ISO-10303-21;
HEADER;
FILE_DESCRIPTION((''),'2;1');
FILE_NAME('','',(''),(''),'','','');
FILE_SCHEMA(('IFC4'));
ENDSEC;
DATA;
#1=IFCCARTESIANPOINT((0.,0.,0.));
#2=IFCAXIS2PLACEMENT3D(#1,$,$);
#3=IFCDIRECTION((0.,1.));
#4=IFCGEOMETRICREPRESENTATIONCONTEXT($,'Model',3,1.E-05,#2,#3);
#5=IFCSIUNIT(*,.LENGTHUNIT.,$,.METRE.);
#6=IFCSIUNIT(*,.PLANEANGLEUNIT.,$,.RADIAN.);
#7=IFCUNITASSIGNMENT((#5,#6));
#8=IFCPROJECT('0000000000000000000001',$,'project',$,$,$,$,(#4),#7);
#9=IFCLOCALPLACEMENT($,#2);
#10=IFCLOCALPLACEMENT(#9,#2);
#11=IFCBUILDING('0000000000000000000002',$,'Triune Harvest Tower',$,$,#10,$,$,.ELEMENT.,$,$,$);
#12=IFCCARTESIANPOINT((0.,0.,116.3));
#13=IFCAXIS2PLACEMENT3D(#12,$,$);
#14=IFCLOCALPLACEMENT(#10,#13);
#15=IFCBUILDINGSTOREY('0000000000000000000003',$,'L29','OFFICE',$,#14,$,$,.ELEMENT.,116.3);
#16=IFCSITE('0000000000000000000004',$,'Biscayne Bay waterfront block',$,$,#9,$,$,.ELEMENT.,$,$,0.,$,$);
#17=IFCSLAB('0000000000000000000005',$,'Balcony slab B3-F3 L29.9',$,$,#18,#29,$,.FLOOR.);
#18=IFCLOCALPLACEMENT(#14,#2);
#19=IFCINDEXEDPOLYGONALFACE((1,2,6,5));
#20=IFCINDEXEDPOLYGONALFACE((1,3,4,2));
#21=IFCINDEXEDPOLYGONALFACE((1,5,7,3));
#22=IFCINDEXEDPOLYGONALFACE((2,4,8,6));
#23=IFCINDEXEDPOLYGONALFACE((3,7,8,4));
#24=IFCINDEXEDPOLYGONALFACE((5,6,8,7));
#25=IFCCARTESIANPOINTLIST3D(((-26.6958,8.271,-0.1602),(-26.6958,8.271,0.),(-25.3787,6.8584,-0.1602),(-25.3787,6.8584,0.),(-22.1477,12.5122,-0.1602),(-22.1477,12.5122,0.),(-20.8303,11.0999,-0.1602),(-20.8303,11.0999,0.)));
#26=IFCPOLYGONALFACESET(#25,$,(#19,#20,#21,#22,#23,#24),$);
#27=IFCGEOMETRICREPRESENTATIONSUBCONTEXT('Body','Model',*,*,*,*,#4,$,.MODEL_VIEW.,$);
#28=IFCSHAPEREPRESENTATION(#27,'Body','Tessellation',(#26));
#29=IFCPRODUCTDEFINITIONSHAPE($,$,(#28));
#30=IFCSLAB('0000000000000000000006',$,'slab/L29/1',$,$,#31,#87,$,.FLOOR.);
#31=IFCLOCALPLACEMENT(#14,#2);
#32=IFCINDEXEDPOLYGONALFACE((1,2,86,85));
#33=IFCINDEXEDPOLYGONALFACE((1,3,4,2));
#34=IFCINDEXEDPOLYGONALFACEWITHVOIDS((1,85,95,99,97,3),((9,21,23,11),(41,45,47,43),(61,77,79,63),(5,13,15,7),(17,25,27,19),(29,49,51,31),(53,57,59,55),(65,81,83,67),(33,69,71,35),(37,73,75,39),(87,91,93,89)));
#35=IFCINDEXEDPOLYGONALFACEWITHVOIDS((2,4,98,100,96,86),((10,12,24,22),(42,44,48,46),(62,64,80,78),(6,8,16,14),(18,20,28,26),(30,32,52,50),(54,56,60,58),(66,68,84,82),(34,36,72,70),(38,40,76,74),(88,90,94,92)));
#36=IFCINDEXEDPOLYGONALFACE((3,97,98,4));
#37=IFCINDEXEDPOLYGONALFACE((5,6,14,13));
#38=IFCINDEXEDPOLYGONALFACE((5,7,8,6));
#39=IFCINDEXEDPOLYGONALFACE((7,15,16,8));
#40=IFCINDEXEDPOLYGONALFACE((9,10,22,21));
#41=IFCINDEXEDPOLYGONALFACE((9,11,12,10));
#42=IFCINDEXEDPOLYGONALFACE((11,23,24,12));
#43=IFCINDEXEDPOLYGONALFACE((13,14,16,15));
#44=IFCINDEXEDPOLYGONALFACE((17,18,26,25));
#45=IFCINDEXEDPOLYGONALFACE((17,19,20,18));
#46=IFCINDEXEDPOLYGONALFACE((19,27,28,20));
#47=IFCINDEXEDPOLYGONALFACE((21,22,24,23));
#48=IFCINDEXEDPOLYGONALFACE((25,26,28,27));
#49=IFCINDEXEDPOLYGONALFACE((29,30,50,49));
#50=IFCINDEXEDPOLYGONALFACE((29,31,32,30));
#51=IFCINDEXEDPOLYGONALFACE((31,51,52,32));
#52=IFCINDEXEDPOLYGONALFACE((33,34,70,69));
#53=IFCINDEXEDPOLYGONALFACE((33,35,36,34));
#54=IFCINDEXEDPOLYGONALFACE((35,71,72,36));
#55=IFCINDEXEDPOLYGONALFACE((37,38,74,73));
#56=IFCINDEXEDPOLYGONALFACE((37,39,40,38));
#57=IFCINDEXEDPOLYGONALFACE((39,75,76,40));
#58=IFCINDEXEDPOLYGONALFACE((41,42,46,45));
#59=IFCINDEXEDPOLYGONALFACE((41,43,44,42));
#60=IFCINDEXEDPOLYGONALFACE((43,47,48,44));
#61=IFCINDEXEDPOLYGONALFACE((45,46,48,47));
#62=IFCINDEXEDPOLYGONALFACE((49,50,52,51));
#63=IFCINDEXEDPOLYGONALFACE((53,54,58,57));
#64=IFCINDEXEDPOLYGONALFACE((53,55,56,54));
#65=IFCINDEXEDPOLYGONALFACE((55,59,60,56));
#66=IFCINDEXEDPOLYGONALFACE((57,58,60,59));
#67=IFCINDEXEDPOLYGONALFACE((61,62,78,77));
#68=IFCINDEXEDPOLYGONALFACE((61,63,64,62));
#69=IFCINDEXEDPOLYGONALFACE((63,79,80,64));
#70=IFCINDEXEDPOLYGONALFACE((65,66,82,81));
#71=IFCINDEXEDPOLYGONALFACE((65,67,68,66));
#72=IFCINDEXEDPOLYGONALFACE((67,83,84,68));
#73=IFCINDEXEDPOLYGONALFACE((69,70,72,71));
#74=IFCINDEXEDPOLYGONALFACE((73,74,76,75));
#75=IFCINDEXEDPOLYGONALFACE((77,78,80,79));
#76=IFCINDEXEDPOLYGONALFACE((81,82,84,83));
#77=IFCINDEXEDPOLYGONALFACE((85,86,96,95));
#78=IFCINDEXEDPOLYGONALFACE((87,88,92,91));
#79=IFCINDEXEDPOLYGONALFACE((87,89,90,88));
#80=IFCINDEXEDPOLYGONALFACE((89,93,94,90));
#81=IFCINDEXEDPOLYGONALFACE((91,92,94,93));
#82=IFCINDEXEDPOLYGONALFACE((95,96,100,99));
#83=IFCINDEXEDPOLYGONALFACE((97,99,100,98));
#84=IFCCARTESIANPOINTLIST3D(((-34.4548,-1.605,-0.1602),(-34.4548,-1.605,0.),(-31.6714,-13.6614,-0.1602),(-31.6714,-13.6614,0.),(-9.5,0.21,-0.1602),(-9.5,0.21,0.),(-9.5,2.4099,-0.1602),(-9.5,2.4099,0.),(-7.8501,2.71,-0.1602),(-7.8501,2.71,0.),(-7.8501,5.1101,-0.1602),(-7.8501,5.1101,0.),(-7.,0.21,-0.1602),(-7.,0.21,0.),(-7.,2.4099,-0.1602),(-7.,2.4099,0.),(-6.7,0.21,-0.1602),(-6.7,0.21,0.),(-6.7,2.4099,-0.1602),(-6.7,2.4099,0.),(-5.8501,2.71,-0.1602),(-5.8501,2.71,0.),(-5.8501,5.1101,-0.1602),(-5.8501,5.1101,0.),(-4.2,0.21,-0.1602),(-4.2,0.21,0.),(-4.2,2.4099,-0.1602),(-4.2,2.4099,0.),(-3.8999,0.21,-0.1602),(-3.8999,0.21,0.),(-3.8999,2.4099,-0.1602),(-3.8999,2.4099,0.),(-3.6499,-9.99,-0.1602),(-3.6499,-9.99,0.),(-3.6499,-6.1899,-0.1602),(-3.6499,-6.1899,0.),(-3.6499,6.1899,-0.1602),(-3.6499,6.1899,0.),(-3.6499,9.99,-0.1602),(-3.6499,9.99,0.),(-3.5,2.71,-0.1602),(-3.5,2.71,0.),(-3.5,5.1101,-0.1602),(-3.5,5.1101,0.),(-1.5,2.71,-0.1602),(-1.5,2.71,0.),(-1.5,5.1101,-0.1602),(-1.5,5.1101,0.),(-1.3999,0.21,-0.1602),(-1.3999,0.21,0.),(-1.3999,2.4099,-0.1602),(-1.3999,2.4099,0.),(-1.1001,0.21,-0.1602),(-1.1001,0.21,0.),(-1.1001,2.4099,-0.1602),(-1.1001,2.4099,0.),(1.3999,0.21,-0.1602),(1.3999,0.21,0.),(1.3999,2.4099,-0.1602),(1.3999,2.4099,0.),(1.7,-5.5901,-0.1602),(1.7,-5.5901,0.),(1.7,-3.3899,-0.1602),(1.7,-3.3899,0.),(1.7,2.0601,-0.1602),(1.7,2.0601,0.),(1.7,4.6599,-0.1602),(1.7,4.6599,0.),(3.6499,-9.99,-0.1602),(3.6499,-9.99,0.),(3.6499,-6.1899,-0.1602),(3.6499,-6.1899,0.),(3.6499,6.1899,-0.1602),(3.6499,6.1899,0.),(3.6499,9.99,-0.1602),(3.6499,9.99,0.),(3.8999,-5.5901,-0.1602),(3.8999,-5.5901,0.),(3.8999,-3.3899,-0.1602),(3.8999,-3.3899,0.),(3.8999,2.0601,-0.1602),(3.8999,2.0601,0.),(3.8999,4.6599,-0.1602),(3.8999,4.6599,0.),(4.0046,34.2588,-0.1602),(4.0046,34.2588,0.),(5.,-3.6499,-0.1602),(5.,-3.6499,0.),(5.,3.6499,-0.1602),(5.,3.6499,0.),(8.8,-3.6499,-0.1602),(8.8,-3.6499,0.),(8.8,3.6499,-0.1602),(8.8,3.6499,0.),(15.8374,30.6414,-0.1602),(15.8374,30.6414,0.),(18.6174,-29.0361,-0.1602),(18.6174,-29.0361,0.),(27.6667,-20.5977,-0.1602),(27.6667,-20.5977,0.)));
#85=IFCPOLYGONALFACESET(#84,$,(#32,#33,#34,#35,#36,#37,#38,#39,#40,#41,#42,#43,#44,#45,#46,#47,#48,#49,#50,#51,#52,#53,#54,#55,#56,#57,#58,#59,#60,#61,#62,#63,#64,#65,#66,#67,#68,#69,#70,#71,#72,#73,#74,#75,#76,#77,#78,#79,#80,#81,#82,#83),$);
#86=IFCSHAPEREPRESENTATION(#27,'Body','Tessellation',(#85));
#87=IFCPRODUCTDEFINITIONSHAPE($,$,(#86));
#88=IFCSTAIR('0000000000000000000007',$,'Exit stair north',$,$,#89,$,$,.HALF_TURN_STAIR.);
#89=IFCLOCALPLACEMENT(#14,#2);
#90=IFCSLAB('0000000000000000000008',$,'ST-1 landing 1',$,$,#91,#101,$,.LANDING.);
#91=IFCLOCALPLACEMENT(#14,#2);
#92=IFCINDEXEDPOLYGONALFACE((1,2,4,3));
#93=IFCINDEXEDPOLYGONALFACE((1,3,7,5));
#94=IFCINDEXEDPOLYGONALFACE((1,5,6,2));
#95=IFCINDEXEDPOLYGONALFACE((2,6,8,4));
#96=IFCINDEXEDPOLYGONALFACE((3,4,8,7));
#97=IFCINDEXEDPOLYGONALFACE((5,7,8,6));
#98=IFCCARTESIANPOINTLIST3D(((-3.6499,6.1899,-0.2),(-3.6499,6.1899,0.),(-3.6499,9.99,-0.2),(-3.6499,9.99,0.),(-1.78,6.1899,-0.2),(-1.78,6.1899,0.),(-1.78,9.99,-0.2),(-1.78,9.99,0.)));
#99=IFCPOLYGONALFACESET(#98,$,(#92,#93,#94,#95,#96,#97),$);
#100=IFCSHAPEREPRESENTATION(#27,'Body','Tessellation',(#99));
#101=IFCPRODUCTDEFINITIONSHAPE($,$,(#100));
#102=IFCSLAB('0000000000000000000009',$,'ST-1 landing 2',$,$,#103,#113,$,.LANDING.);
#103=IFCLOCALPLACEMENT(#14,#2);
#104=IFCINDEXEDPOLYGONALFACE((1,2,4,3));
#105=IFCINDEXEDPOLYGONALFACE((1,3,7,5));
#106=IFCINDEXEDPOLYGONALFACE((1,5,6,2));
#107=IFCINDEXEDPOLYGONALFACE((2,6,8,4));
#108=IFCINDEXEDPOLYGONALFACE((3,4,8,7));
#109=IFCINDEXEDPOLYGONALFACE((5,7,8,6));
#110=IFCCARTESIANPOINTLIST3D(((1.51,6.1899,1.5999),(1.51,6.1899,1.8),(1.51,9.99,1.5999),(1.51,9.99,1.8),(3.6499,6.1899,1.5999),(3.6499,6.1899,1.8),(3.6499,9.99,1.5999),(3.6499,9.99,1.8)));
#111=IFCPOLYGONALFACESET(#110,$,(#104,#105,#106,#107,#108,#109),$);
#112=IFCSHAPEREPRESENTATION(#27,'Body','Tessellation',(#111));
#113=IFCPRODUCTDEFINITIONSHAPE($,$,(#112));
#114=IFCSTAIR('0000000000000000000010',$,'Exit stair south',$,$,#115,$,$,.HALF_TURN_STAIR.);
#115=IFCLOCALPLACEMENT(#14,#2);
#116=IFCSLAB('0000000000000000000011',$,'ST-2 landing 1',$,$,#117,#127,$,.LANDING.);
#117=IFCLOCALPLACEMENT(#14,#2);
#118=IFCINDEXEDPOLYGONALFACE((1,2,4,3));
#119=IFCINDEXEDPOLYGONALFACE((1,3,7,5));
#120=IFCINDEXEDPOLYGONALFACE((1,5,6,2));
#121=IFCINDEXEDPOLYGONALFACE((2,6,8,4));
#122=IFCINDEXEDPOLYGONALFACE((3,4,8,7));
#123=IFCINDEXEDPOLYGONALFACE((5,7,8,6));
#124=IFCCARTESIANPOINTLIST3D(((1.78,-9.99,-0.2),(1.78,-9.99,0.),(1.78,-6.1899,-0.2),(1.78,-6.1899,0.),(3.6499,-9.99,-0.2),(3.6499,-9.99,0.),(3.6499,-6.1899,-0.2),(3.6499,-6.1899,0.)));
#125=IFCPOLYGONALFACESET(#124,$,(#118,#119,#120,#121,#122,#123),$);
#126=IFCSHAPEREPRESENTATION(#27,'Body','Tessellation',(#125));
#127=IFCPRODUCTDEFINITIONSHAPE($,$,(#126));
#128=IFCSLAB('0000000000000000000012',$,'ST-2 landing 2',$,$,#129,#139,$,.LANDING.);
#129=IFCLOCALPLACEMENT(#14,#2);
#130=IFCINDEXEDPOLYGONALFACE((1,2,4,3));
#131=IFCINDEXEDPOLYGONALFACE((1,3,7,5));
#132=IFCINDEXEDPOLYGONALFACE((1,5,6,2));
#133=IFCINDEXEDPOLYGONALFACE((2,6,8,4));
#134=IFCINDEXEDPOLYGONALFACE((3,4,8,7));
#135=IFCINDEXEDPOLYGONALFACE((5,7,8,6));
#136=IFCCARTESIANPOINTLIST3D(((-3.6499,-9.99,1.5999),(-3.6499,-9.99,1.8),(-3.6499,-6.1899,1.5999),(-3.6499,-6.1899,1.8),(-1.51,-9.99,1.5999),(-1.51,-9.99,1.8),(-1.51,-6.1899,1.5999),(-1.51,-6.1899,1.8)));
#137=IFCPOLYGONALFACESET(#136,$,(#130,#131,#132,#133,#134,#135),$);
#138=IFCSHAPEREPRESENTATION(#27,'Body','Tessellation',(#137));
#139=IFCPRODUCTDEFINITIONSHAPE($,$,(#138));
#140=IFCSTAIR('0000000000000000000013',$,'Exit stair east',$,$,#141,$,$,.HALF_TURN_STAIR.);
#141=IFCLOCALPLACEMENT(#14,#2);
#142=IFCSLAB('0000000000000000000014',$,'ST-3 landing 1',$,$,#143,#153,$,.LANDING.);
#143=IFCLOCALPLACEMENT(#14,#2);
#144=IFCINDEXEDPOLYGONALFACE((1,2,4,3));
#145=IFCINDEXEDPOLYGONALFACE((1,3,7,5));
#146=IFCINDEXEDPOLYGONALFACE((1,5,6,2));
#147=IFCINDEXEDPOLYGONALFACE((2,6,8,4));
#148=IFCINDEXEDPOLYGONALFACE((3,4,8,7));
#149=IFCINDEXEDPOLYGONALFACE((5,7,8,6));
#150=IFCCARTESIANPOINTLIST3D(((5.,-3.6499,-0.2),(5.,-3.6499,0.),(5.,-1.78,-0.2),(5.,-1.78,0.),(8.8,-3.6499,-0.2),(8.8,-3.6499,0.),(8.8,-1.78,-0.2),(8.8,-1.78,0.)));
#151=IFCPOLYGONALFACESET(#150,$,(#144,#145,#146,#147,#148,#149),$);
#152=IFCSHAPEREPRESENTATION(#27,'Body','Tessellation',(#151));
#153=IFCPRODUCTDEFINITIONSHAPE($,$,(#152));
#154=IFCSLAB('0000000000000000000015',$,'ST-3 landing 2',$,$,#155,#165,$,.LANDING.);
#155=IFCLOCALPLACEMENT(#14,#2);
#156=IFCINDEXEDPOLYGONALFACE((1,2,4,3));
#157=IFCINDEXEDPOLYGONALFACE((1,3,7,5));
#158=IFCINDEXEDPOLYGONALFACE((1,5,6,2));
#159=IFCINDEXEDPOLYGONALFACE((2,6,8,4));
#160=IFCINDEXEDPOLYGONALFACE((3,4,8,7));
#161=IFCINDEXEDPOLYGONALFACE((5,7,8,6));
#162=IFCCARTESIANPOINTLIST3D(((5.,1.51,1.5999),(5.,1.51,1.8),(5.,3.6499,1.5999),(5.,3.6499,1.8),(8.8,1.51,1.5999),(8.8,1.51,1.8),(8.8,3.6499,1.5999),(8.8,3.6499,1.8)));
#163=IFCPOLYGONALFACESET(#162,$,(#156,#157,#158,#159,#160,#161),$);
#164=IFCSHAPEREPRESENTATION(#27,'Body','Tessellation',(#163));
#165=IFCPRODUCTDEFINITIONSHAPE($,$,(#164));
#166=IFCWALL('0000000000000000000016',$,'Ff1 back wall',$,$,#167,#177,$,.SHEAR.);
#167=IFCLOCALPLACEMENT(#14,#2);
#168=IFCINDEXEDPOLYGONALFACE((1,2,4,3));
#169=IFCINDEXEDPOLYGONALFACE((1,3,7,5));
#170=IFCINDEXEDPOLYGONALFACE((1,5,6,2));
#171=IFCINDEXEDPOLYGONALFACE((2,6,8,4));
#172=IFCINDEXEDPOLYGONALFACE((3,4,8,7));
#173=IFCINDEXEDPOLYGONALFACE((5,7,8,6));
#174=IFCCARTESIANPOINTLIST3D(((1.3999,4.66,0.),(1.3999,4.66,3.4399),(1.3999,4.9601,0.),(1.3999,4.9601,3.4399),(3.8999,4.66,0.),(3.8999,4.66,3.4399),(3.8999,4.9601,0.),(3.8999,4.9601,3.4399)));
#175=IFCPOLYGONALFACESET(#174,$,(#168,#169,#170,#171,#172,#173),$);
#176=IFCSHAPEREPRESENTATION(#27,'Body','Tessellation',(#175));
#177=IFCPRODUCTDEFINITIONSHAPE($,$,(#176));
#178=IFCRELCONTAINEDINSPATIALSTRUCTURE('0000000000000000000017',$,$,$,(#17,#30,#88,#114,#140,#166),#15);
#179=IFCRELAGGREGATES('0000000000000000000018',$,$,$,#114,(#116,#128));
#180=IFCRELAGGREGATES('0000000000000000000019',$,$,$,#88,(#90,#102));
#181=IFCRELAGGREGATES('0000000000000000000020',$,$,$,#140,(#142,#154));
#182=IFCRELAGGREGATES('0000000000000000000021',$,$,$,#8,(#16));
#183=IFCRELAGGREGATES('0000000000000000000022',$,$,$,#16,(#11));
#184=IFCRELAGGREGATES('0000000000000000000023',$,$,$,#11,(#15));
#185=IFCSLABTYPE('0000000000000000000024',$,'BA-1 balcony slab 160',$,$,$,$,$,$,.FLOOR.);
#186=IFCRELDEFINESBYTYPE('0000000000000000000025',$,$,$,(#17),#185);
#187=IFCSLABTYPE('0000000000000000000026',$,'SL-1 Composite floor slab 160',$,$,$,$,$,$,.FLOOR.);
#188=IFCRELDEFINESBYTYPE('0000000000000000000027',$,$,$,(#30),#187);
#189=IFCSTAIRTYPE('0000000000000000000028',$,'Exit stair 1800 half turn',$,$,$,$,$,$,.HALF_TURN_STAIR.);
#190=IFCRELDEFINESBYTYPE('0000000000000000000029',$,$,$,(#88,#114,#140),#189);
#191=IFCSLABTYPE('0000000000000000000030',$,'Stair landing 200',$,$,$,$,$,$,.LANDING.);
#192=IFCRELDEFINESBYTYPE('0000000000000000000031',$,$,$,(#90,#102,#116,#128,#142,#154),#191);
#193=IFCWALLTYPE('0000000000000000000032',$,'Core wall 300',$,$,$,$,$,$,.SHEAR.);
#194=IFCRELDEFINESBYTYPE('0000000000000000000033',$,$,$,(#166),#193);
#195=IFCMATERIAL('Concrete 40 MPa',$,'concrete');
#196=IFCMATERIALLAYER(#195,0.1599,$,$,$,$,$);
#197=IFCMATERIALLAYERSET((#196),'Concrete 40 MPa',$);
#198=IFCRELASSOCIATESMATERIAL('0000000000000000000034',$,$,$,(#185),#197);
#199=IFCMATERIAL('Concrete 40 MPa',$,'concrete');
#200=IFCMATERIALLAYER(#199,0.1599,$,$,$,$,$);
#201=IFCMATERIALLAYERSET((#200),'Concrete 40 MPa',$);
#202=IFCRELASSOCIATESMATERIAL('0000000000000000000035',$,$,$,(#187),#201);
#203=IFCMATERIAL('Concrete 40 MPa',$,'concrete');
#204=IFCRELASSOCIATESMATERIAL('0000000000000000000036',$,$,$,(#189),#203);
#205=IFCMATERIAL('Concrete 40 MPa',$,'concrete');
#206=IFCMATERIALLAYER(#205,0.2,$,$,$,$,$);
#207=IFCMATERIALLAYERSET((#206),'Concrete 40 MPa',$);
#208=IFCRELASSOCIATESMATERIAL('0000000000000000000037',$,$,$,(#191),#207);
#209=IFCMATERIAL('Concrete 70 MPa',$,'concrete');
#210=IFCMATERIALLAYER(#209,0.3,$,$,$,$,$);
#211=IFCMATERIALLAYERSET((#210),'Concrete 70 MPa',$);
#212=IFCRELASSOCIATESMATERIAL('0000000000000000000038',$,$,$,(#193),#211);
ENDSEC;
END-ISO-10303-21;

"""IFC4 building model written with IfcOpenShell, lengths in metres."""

from ifc_helpers import new_model, si_unit, direction, frame, frame_2d, origin, place, context, subcontext, project, spatial, polyline, rectangle, outline, extrude, source, transform, mapped, material, layer, layer_set, type_object, element, aggregate, save


model = new_model("IFC4")

# Units and contexts
model_context = context("Model", 3, precision=1e-05, world=origin(), true_north=direction((0.0, 1.0)))
body_context = subcontext(model_context, "Body", "Model", "MODEL_VIEW")
ifc_project = project(units=[si_unit("LENGTHUNIT", "METRE"), si_unit("PLANEANGLEUNIT", "RADIAN")], contexts=[model_context])

# Site, building, storey
site_placement = place(None, origin())
site = spatial("IfcSite", under=ifc_project, at=site_placement, Name="Biscayne Bay waterfront block", CompositionType="ELEMENT", RefElevation=0.0)
building_placement = place(site_placement, origin())
building = spatial("IfcBuilding", under=site, at=building_placement, Name="Triune Harvest Tower", CompositionType="ELEMENT")
storey_placement = place(building_placement, frame((0.0, 0.0, 116.3)))
storey = spatial("IfcBuildingStorey", under=building, at=storey_placement, Name="L29", Description="OFFICE", CompositionType="ELEMENT", Elevation=116.3)

# Slabs
ifc_material_1 = material(Name="Concrete 40 MPa", Category="concrete")
ifc_layer_1 = layer(ifc_material_1, 0.1599)
ifc_layer_set_1 = layer_set([ifc_layer_1], Name="Concrete 40 MPa")
slab_type_1 = type_object("IfcSlabType", Name="BA-1 balcony slab 160", PredefinedType="FLOOR", material=ifc_layer_set_1)
slab_1_placement = place(storey_placement, frame((0.0, 0.0, -0.1602)))
element("IfcSlab", 1, at=slab_1_placement, inside=storey, type_object=slab_type_1, Name="Balcony slab B3-F3 L29.9", PredefinedType="FLOOR", context=body_context, shape_type="SweptSolid", body=[
    extrude(outline(polyline([(-20.8303, 11.0999), (-25.3787, 6.8584), (-26.6958, 8.271), (-22.1477, 12.5122), (-20.8303, 11.0999)])), origin(), (0.0, 0.0, 1.0), 0.1602),
])
ifc_material_2 = material(Name="Concrete 40 MPa", Category="concrete")
ifc_layer_2 = layer(ifc_material_2, 0.1599)
ifc_layer_set_2 = layer_set([ifc_layer_2], Name="Concrete 40 MPa")
slab_type_2 = type_object("IfcSlabType", Name="SL-1 Composite floor slab 160", PredefinedType="FLOOR", material=ifc_layer_set_2)
shared_shape_1 = source(origin(), body_context, "Body", "SweptSolid", [
    extrude(outline(polyline([(27.6667, -20.5977), (15.8374, 30.6414), (4.0046, 34.2588), (-34.4548, -1.605), (-31.6714, -13.6614), (18.6174, -29.0361), (27.6667, -20.5977)]), holes=[polyline([(-7.0, 0.21), (-7.0, 2.4099), (-9.5, 2.4099), (-9.5, 0.21), (-7.0, 0.21)]), polyline([(-4.2, 0.21), (-4.2, 2.4099), (-6.7, 2.4099), (-6.7, 0.21), (-4.2, 0.21)]), polyline([(-1.3999, 0.21), (-1.3999, 2.4099), (-3.8999, 2.4099), (-3.8999, 0.21), (-1.3999, 0.21)]), polyline([(1.3999, 0.21), (1.3999, 2.4099), (-1.1001, 2.4099), (-1.1001, 0.21), (1.3999, 0.21)]), polyline([(3.8999, 2.0601), (3.8999, 4.6599), (1.7, 4.6599), (1.7, 2.0601), (3.8999, 2.0601)]), polyline([(3.8999, -5.5901), (3.8999, -3.3899), (1.7, -3.3899), (1.7, -5.5901), (3.8999, -5.5901)]), polyline([(-5.8501, 2.71), (-5.8501, 5.1101), (-7.8501, 5.1101), (-7.8501, 2.71), (-5.8501, 2.71)]), polyline([(-1.5, 2.71), (-1.5, 5.1101), (-3.5, 5.1101), (-3.5, 2.71), (-1.5, 2.71)]), polyline([(3.6499, 6.1899), (3.6499, 9.99), (-3.6499, 9.99), (-3.6499, 6.1899), (3.6499, 6.1899)]), polyline([(3.6499, -9.99), (3.6499, -6.1899), (-3.6499, -6.1899), (-3.6499, -9.99), (3.6499, -9.99)]), polyline([(8.8, -3.6499), (8.8, 3.6499), (5.0, 3.6499), (5.0, -3.6499), (8.8, -3.6499)])]), origin(), (0.0, 0.0, 1.0), 0.1602),
])
slab_2_placement = place(storey_placement, frame((0.0, 0.0, -0.1602)))
element("IfcSlab", 2, at=slab_2_placement, inside=storey, type_object=slab_type_2, Name="slab/L29/1", PredefinedType="FLOOR", context=body_context, shape_type="MappedRepresentation", body=[
    mapped(shared_shape_1, transform((0.0, 0.0, 0.0), scale=1.0)),
])

# Stairs, slabs
ifc_material_3 = material(Name="Concrete 40 MPa", Category="concrete")
stair_type = type_object("IfcStairType", Name="Exit stair 1800 half turn", PredefinedType="HALF_TURN_STAIR", material=ifc_material_3)
stair_1_placement = place(storey_placement, origin())
stair_1 = element("IfcStair", 3, at=stair_1_placement, inside=storey, type_object=stair_type, Name="Exit stair north", PredefinedType="HALF_TURN_STAIR")
ifc_material_4 = material(Name="Concrete 40 MPa", Category="concrete")
ifc_layer_3 = layer(ifc_material_4, 0.2)
ifc_layer_set_3 = layer_set([ifc_layer_3], Name="Concrete 40 MPa")
slab_type_3 = type_object("IfcSlabType", Name="Stair landing 200", PredefinedType="LANDING", material=ifc_layer_set_3)
shared_shape_2 = source(origin(), body_context, "Body", "SweptSolid", [
    extrude(outline(polyline([(-3.6499, 6.1899), (-1.78, 6.1899), (-1.78, 9.99), (-3.6499, 9.99), (-3.6499, 6.1899)])), origin(), (0.0, 0.0, 1.0), 0.2),
])
slab_3_placement = place(storey_placement, frame((0.0, 0.0, -0.2)))
slab_3 = element("IfcSlab", 4, at=slab_3_placement, type_object=slab_type_3, Name="ST-1 landing 1", PredefinedType="LANDING", context=body_context, shape_type="MappedRepresentation", body=[
    mapped(shared_shape_2, transform((0.0, 0.0, 0.0), scale=1.0)),
])
shared_shape_3 = source(origin(), body_context, "Body", "SweptSolid", [
    extrude(outline(polyline([(1.51, 6.1899), (3.6499, 6.1899), (3.6499, 9.99), (1.51, 9.99), (1.51, 6.1899)])), origin(), (0.0, 0.0, 1.0), 0.2002),
])
slab_4_placement = place(storey_placement, frame((0.0, 0.0, 1.5999)))
slab_4 = element("IfcSlab", 5, at=slab_4_placement, type_object=slab_type_3, Name="ST-1 landing 2", PredefinedType="LANDING", context=body_context, shape_type="MappedRepresentation", body=[
    mapped(shared_shape_3, transform((0.0, 0.0, 0.0), scale=1.0)),
])
stair_2_placement = place(storey_placement, origin())
stair_2 = element("IfcStair", 6, at=stair_2_placement, inside=storey, type_object=stair_type, Name="Exit stair south", PredefinedType="HALF_TURN_STAIR")
shared_shape_4 = source(origin(), body_context, "Body", "SweptSolid", [
    extrude(outline(polyline([(3.6499, -6.1899), (1.78, -6.1899), (1.78, -9.99), (3.6499, -9.99), (3.6499, -6.1899)])), origin(), (0.0, 0.0, 1.0), 0.2),
])
slab_5_placement = place(storey_placement, frame((0.0, 0.0, -0.2)))
slab_5 = element("IfcSlab", 7, at=slab_5_placement, type_object=slab_type_3, Name="ST-2 landing 1", PredefinedType="LANDING", context=body_context, shape_type="MappedRepresentation", body=[
    mapped(shared_shape_4, transform((0.0, 0.0, 0.0), scale=1.0)),
])
shared_shape_5 = source(origin(), body_context, "Body", "SweptSolid", [
    extrude(outline(polyline([(-1.51, -6.1899), (-3.6499, -6.1899), (-3.6499, -9.99), (-1.51, -9.99), (-1.51, -6.1899)])), origin(), (0.0, 0.0, 1.0), 0.2002),
])
slab_6_placement = place(storey_placement, frame((0.0, 0.0, 1.5999)))
slab_6 = element("IfcSlab", 8, at=slab_6_placement, type_object=slab_type_3, Name="ST-2 landing 2", PredefinedType="LANDING", context=body_context, shape_type="MappedRepresentation", body=[
    mapped(shared_shape_5, transform((0.0, 0.0, 0.0), scale=1.0)),
])
aggregate(stair_2, [slab_5, slab_6])
stair_3_placement = place(storey_placement, origin())
stair_3 = element("IfcStair", 9, at=stair_3_placement, inside=storey, type_object=stair_type, Name="Exit stair east", PredefinedType="HALF_TURN_STAIR")
shared_shape_6 = source(origin(), body_context, "Body", "SweptSolid", [
    extrude(outline(polyline([(8.8, -3.6499), (8.8, -1.78), (5.0, -1.78), (5.0, -3.6499), (8.8, -3.6499)])), origin(), (0.0, 0.0, 1.0), 0.2),
])
slab_7_placement = place(storey_placement, frame((0.0, 0.0, -0.2)))
slab_7 = element("IfcSlab", 10, at=slab_7_placement, type_object=slab_type_3, Name="ST-3 landing 1", PredefinedType="LANDING", context=body_context, shape_type="MappedRepresentation", body=[
    mapped(shared_shape_6, transform((0.0, 0.0, 0.0), scale=1.0)),
])
shared_shape_7 = source(origin(), body_context, "Body", "SweptSolid", [
    extrude(outline(polyline([(8.8, 1.51), (8.8, 3.6499), (5.0, 3.6499), (5.0, 1.51), (8.8, 1.51)])), origin(), (0.0, 0.0, 1.0), 0.2002),
])
slab_8_placement = place(storey_placement, frame((0.0, 0.0, 1.5999)))
slab_8 = element("IfcSlab", 11, at=slab_8_placement, type_object=slab_type_3, Name="ST-3 landing 2", PredefinedType="LANDING", context=body_context, shape_type="MappedRepresentation", body=[
    mapped(shared_shape_7, transform((0.0, 0.0, 0.0), scale=1.0)),
])

# Wall
ifc_material_5 = material(Name="Concrete 70 MPa", Category="concrete")
ifc_layer_4 = layer(ifc_material_5, 0.3)
ifc_layer_set_4 = layer_set([ifc_layer_4], Name="Concrete 70 MPa")
wall_type_1 = type_object("IfcWallType", Name="Core wall 300", PredefinedType="SHEAR", material=ifc_layer_set_4)
shared_shape_8 = source(origin(), body_context, "Body", "SweptSolid", [
    extrude(rectangle(XDim=2.5, YDim=0.3, at=frame_2d((1.25, 0.0))), origin(), (0.0, 0.0, 1.0), 3.4399),
])
wall_1_placement = place(storey_placement, frame((1.3999, 4.8101, 0.0), z_axis=(0.0, 0.0, 1.0), x_axis=(1.0, 0.0, 0.0)))
element("IfcWall", 12, at=wall_1_placement, inside=storey, type_object=wall_type_1, Name="Ff1 back wall", PredefinedType="SHEAR", context=body_context, shape_type="MappedRepresentation", body=[
    mapped(shared_shape_8, transform((0.0, 0.0, 0.0), scale=1.0)),
])

aggregate(stair_1, [slab_3, slab_4])
aggregate(stair_3, [slab_7, slab_8])

save(model, "model.ifc")
